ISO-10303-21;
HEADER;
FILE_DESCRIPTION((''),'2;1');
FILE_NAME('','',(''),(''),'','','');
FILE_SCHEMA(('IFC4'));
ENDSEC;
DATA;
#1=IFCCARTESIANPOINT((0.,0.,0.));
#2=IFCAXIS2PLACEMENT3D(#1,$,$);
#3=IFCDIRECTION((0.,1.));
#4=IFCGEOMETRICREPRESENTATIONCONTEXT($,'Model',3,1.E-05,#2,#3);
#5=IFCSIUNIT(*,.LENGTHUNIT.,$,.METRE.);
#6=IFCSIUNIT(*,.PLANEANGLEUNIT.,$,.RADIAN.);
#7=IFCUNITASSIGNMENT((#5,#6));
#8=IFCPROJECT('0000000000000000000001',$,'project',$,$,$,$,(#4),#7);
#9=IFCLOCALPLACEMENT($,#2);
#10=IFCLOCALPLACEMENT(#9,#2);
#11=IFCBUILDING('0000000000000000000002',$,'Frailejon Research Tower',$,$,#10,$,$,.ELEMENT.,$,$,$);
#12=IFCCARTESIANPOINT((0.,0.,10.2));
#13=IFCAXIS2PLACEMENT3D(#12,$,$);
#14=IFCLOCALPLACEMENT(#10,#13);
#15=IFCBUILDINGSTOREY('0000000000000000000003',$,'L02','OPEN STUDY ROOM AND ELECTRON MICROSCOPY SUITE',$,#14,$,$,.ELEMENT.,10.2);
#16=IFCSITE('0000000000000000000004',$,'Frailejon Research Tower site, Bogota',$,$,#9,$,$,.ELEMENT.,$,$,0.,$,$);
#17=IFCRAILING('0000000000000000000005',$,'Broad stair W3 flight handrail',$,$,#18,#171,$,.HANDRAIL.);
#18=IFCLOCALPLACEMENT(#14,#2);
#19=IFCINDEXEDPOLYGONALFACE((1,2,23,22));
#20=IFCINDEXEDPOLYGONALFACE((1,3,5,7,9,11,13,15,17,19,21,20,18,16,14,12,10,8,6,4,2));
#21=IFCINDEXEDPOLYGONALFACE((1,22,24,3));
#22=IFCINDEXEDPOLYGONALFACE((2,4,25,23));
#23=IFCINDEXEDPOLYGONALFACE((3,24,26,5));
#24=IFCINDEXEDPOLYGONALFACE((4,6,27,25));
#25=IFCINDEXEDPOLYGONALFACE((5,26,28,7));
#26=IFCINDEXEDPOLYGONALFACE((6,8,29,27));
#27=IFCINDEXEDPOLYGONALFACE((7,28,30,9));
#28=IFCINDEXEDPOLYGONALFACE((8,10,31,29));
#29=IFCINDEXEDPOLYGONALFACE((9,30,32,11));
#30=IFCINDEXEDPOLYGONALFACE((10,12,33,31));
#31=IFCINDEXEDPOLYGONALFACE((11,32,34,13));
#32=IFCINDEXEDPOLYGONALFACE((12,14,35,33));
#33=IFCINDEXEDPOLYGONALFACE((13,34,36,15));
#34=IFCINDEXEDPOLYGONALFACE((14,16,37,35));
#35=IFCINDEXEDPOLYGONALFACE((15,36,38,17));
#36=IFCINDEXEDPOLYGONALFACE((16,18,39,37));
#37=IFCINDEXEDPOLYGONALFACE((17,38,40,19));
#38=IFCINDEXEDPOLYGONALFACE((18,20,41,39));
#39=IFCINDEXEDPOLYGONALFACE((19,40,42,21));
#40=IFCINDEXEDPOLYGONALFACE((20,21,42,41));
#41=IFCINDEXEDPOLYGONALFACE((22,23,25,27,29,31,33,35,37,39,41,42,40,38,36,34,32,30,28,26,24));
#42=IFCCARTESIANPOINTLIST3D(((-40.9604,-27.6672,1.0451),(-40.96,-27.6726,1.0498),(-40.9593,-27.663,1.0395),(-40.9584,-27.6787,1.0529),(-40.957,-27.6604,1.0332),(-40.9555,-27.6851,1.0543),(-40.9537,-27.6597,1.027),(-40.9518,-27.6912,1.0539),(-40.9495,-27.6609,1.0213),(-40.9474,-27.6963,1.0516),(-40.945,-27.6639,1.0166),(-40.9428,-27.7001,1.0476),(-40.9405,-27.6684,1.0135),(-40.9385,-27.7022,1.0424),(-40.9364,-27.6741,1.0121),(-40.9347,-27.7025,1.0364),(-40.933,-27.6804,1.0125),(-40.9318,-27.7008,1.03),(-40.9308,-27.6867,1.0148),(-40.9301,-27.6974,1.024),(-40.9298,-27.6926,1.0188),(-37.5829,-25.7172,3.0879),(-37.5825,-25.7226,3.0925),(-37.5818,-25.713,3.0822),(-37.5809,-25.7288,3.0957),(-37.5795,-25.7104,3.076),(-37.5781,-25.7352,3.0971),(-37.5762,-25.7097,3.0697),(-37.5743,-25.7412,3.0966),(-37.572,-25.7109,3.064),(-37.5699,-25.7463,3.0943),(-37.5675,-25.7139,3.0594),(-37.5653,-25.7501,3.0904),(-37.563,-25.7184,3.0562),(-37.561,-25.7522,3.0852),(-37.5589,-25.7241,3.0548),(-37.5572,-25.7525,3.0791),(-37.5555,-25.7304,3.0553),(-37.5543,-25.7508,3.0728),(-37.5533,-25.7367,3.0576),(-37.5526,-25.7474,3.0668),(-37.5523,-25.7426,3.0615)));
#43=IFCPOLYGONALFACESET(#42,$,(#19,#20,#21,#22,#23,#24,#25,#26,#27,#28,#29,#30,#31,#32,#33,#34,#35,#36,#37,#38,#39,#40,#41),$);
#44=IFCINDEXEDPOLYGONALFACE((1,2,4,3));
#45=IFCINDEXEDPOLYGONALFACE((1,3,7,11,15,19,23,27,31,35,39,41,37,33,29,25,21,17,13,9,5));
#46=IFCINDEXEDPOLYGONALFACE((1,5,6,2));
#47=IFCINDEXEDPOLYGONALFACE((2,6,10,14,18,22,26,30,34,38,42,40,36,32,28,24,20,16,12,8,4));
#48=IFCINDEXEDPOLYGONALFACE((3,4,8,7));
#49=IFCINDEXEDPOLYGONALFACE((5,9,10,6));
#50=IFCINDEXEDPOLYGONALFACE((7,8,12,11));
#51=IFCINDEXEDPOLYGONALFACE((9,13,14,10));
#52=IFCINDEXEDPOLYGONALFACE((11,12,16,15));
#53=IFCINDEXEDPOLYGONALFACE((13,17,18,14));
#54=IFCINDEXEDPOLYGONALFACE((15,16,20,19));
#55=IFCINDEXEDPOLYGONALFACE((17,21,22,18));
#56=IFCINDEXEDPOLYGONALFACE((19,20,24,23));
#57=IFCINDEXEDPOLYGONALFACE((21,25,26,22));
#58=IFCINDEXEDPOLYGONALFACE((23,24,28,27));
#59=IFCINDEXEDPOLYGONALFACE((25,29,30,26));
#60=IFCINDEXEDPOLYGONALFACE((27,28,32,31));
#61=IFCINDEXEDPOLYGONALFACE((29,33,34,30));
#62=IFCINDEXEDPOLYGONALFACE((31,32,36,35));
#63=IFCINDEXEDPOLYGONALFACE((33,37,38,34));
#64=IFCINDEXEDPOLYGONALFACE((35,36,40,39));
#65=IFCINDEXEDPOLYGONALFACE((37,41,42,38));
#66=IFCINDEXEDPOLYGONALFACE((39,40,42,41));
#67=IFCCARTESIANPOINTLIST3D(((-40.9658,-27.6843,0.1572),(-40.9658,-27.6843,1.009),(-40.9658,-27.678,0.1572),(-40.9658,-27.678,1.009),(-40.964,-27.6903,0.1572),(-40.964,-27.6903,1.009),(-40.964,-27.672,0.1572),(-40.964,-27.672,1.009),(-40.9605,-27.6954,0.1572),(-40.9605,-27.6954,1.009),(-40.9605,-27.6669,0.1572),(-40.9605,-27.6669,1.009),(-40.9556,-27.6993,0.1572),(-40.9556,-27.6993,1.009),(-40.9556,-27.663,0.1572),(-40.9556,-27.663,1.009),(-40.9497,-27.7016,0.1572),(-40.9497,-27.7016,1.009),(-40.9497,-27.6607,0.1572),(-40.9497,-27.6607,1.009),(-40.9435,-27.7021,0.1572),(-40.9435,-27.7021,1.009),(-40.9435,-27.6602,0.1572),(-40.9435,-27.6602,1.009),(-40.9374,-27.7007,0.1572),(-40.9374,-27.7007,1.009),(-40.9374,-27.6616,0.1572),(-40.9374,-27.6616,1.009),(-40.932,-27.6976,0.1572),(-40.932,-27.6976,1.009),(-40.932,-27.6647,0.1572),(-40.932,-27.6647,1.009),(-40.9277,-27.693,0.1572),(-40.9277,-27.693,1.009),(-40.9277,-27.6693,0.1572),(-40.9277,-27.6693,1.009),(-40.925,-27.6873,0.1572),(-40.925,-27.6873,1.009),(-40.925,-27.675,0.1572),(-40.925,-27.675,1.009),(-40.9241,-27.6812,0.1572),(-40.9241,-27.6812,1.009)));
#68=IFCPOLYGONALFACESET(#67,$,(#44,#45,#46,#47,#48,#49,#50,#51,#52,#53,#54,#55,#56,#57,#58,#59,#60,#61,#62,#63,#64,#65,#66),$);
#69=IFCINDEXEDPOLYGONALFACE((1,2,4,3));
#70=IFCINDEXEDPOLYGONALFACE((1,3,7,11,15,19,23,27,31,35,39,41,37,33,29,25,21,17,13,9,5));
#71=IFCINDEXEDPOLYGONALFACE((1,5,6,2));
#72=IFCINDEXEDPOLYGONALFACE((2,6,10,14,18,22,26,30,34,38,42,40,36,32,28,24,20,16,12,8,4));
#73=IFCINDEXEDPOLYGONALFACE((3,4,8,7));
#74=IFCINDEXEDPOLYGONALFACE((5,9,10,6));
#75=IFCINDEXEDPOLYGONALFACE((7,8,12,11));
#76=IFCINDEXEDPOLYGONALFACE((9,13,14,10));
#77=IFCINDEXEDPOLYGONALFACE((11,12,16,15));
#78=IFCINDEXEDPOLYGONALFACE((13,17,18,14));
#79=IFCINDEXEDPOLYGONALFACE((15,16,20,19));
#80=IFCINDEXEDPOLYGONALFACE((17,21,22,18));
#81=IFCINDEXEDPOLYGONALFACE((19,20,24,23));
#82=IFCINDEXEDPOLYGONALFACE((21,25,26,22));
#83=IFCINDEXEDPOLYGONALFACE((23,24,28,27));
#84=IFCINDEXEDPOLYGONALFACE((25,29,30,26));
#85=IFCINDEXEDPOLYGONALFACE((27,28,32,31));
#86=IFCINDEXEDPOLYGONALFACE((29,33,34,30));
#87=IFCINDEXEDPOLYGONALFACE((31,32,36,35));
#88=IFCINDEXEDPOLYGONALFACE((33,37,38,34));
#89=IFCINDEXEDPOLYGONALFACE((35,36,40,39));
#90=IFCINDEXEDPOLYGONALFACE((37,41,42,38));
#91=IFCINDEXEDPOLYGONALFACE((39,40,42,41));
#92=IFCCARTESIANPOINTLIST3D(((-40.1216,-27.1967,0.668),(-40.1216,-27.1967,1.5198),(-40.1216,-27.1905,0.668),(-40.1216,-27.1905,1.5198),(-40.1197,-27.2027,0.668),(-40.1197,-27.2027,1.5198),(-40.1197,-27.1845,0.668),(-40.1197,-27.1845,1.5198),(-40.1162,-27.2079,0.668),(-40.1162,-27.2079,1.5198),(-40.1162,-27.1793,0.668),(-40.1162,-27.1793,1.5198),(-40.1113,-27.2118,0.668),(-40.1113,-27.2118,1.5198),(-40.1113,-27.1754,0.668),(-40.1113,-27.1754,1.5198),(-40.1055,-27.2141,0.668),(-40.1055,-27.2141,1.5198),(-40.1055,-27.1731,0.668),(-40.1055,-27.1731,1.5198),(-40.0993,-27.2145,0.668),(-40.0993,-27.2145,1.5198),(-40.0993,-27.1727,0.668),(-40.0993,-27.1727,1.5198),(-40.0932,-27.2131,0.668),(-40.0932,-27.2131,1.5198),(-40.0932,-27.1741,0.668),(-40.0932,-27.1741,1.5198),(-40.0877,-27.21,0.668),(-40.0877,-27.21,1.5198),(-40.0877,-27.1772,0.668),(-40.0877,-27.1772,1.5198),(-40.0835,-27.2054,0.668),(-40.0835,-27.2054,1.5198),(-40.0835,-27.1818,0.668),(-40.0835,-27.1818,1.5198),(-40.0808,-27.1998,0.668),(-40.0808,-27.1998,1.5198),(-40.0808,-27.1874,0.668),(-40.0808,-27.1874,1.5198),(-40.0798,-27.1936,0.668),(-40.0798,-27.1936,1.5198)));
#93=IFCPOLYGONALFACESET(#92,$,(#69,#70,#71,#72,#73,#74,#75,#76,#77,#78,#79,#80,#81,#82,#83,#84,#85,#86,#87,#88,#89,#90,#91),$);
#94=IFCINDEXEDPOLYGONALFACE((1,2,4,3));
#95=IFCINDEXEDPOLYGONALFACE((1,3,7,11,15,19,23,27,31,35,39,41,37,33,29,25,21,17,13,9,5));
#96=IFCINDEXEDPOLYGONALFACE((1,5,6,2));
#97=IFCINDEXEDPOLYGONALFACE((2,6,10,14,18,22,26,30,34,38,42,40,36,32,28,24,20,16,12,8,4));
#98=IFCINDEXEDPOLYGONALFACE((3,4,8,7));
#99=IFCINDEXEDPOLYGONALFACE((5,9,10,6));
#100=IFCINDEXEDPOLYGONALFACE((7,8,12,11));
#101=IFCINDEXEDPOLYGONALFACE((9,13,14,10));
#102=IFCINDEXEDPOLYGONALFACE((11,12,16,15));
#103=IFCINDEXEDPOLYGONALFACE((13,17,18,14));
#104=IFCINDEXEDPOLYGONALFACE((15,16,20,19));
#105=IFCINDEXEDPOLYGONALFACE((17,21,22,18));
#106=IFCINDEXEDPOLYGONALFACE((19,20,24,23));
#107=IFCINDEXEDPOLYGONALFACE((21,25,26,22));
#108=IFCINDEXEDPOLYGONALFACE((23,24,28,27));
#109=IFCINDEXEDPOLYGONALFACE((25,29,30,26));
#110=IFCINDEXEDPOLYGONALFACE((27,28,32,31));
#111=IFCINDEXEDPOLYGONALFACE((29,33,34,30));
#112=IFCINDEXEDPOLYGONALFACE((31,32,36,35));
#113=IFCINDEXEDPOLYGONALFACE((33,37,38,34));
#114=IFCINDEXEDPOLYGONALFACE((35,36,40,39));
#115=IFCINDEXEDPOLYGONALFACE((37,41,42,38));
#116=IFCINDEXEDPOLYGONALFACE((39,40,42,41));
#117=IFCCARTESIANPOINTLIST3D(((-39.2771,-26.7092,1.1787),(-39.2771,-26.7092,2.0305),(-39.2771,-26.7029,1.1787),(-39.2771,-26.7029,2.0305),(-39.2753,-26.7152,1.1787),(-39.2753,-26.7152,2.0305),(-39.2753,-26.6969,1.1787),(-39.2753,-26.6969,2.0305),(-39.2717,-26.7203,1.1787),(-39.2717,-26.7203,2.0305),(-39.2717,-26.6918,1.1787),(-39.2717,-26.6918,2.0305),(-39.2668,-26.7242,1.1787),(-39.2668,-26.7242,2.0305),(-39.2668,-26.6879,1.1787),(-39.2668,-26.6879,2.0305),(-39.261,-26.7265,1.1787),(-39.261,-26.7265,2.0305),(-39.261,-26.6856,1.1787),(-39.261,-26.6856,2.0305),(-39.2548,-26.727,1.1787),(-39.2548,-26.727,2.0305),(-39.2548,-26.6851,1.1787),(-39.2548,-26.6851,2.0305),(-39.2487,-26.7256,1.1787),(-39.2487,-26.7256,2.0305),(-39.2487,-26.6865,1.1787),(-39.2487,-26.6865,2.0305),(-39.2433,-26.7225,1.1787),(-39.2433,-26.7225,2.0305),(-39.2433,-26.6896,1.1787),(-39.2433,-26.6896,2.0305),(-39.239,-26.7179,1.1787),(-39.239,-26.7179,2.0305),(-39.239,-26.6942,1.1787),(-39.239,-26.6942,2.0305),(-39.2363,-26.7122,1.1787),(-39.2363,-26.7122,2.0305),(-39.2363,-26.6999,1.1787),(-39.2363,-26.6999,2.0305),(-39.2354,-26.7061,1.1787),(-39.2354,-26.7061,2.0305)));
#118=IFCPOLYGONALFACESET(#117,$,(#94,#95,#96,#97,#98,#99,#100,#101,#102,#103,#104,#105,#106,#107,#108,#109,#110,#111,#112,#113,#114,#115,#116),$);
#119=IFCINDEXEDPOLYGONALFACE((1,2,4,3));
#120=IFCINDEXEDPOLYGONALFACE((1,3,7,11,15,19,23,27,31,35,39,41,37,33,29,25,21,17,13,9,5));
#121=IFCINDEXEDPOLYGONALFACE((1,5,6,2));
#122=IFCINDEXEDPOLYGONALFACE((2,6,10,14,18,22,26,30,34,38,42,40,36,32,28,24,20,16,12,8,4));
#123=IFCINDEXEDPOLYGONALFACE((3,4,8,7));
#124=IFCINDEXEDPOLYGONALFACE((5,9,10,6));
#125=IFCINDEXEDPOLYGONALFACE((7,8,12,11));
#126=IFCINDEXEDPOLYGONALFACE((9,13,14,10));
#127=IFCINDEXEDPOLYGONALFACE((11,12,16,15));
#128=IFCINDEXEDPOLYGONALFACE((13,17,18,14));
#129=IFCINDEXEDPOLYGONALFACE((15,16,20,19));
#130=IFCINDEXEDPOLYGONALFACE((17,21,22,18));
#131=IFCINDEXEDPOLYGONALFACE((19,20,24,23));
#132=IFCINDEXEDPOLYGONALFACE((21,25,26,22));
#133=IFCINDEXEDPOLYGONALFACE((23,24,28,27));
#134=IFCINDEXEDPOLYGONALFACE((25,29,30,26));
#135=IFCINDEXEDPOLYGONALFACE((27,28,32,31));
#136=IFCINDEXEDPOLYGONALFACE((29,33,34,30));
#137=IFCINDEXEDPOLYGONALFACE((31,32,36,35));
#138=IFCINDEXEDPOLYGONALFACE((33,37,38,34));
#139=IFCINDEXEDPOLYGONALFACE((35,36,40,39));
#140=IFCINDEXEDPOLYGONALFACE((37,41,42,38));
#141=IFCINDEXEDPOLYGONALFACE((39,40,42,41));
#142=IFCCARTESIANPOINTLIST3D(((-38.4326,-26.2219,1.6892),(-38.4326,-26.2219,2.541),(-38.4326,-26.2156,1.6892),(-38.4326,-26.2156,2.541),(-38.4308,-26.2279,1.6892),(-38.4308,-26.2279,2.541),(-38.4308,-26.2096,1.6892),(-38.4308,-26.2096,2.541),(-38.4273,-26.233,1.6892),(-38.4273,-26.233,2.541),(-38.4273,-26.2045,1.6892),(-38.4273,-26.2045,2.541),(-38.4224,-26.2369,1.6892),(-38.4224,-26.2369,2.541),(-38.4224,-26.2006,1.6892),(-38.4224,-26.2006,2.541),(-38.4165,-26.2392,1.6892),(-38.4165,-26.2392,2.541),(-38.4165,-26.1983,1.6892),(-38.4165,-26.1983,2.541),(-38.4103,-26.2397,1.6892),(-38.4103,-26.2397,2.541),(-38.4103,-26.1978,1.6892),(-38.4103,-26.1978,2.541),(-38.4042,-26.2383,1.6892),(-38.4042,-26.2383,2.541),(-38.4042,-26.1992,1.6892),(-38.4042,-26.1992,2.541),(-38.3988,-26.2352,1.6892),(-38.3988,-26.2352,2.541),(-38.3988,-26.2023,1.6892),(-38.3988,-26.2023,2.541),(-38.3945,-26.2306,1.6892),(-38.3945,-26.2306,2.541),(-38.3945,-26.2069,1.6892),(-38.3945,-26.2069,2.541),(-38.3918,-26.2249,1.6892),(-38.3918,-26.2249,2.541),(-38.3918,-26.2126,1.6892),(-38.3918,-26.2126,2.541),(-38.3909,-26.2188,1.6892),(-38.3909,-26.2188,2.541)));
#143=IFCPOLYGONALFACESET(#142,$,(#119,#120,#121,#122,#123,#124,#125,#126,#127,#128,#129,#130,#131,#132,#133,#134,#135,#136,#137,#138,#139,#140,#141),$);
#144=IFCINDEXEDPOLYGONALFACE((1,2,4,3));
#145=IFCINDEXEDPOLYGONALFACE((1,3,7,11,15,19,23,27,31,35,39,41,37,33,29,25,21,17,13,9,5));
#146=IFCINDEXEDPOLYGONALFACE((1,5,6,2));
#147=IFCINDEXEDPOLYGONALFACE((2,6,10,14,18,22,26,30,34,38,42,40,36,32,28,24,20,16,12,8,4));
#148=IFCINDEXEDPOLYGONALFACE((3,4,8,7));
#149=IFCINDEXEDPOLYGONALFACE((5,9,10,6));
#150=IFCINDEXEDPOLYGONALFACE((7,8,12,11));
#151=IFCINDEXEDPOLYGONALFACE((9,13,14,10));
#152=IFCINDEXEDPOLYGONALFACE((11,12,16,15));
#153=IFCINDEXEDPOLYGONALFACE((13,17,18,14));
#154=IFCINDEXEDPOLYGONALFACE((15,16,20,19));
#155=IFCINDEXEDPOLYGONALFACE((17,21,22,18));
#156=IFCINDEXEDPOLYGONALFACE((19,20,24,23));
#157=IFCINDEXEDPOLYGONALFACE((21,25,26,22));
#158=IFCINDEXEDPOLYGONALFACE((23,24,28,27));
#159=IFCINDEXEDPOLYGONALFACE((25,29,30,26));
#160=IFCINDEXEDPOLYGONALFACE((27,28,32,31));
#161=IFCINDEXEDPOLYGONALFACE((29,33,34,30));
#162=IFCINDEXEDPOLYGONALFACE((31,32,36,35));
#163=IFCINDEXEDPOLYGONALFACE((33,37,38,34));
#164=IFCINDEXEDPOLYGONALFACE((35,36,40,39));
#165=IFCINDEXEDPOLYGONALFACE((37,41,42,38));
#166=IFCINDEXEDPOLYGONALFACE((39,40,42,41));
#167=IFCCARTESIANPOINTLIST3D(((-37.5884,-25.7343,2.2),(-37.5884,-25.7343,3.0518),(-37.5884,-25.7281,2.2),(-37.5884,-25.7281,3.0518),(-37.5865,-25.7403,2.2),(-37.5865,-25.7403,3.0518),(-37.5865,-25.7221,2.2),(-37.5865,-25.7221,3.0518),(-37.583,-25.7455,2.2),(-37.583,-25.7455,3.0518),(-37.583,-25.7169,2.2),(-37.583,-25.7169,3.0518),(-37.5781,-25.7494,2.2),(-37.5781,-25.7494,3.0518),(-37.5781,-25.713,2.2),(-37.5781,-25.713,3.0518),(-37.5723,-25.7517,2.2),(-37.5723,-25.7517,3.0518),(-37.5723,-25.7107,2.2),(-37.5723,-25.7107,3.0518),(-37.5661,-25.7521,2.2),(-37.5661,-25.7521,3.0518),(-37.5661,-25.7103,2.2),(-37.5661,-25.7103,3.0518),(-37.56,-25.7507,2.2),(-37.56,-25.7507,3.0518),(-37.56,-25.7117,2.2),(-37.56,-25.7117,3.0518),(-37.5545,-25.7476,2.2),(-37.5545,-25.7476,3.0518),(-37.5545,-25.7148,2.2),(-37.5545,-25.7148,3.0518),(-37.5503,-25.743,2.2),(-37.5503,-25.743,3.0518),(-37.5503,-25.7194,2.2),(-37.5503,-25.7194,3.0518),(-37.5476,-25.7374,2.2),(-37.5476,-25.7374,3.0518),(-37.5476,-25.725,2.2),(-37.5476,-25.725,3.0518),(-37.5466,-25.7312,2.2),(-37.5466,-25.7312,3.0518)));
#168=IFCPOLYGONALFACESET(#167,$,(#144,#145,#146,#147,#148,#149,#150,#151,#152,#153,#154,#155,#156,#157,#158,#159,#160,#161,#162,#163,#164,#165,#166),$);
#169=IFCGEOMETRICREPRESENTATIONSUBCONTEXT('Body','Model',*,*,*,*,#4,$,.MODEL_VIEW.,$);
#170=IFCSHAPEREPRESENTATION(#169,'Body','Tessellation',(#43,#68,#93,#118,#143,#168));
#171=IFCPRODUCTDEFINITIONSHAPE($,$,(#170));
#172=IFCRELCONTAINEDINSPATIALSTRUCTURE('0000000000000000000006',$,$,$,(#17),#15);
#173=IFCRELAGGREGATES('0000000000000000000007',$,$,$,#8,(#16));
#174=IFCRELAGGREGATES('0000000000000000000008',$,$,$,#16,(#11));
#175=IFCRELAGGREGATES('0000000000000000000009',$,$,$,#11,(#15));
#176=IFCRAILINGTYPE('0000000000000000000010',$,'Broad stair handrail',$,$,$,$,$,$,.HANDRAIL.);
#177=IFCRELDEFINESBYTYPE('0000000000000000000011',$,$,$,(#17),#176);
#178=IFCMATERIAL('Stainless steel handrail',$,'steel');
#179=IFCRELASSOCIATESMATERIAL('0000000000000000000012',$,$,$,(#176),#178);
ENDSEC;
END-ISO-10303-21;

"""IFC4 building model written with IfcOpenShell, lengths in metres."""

from ifc_helpers import new_model, si_unit, direction, frame, origin, origin_2d, place, context, subcontext, project, spatial, circle, extrude, material, type_object, element, save


model = new_model("IFC4")

# Units and contexts
model_context = context("Model", 3, precision=1e-05, world=origin(), true_north=direction((0.0, 1.0)))
body_context = subcontext(model_context, "Body", "Model", "MODEL_VIEW")
ifc_project = project(units=[si_unit("LENGTHUNIT", "METRE"), si_unit("PLANEANGLEUNIT", "RADIAN")], contexts=[model_context])

# Site, building, storey
site_placement = place(None, origin())
site = spatial("IfcSite", under=ifc_project, at=site_placement, Name="Frailejon Research Tower site, Bogota", CompositionType="ELEMENT", RefElevation=0.0)
building_placement = place(site_placement, origin())
building = spatial("IfcBuilding", under=site, at=building_placement, Name="Frailejon Research Tower", CompositionType="ELEMENT")
storey_placement = place(building_placement, frame((0.0, 0.0, 10.2)))
storey = spatial("IfcBuildingStorey", under=building, at=storey_placement, Name="L02", Description="OPEN STUDY ROOM AND ELECTRON MICROSCOPY SUITE", CompositionType="ELEMENT", Elevation=10.2)

# Railing
ifc_material_1 = material(Name="Stainless steel handrail", Category="steel")
railing_type_1 = type_object("IfcRailingType", Name="Broad stair handrail", PredefinedType="HANDRAIL", material=ifc_material_1)
railing_1_placement = place(storey_placement, frame((-40.9451, -27.6812, 0.1572)))
element("IfcRailing", 1, at=railing_1_placement, inside=storey, type_object=railing_type_1, Name="Broad stair W3 flight handrail", PredefinedType="HANDRAIL", context=body_context, shape_type="SweptSolid", body=[
    extrude(circle(Radius=0.0239, at=origin_2d()), frame((0.0, 0.0, 0.876), z_axis=(0.767162, 0.442917, 0.46399), x_axis=(-0.499997, 0.866027, 0.0)), (0.0, 0.0, 1.0), 4.4026),
    extrude(circle(Radius=0.021, at=origin_2d()), origin(), (0.0, 0.0, 1.0), 0.8518),
    extrude(circle(Radius=0.021, at=origin_2d()), frame((0.8442, 0.4875, 0.5107)), (0.0, 0.0, 1.0), 0.8518),
    extrude(circle(Radius=0.021, at=origin_2d()), frame((1.6887, 0.9751, 1.0215)), (0.0, 0.0, 1.0), 0.8518),
    extrude(circle(Radius=0.021, at=origin_2d()), frame((2.5332, 1.4624, 1.532)), (0.0, 0.0, 1.0), 0.8518),
    extrude(circle(Radius=0.021, at=origin_2d()), frame((3.3774, 1.95, 2.0427)), (0.0, 0.0, 1.0), 0.8518),
])

save(model, "model.ifc")
